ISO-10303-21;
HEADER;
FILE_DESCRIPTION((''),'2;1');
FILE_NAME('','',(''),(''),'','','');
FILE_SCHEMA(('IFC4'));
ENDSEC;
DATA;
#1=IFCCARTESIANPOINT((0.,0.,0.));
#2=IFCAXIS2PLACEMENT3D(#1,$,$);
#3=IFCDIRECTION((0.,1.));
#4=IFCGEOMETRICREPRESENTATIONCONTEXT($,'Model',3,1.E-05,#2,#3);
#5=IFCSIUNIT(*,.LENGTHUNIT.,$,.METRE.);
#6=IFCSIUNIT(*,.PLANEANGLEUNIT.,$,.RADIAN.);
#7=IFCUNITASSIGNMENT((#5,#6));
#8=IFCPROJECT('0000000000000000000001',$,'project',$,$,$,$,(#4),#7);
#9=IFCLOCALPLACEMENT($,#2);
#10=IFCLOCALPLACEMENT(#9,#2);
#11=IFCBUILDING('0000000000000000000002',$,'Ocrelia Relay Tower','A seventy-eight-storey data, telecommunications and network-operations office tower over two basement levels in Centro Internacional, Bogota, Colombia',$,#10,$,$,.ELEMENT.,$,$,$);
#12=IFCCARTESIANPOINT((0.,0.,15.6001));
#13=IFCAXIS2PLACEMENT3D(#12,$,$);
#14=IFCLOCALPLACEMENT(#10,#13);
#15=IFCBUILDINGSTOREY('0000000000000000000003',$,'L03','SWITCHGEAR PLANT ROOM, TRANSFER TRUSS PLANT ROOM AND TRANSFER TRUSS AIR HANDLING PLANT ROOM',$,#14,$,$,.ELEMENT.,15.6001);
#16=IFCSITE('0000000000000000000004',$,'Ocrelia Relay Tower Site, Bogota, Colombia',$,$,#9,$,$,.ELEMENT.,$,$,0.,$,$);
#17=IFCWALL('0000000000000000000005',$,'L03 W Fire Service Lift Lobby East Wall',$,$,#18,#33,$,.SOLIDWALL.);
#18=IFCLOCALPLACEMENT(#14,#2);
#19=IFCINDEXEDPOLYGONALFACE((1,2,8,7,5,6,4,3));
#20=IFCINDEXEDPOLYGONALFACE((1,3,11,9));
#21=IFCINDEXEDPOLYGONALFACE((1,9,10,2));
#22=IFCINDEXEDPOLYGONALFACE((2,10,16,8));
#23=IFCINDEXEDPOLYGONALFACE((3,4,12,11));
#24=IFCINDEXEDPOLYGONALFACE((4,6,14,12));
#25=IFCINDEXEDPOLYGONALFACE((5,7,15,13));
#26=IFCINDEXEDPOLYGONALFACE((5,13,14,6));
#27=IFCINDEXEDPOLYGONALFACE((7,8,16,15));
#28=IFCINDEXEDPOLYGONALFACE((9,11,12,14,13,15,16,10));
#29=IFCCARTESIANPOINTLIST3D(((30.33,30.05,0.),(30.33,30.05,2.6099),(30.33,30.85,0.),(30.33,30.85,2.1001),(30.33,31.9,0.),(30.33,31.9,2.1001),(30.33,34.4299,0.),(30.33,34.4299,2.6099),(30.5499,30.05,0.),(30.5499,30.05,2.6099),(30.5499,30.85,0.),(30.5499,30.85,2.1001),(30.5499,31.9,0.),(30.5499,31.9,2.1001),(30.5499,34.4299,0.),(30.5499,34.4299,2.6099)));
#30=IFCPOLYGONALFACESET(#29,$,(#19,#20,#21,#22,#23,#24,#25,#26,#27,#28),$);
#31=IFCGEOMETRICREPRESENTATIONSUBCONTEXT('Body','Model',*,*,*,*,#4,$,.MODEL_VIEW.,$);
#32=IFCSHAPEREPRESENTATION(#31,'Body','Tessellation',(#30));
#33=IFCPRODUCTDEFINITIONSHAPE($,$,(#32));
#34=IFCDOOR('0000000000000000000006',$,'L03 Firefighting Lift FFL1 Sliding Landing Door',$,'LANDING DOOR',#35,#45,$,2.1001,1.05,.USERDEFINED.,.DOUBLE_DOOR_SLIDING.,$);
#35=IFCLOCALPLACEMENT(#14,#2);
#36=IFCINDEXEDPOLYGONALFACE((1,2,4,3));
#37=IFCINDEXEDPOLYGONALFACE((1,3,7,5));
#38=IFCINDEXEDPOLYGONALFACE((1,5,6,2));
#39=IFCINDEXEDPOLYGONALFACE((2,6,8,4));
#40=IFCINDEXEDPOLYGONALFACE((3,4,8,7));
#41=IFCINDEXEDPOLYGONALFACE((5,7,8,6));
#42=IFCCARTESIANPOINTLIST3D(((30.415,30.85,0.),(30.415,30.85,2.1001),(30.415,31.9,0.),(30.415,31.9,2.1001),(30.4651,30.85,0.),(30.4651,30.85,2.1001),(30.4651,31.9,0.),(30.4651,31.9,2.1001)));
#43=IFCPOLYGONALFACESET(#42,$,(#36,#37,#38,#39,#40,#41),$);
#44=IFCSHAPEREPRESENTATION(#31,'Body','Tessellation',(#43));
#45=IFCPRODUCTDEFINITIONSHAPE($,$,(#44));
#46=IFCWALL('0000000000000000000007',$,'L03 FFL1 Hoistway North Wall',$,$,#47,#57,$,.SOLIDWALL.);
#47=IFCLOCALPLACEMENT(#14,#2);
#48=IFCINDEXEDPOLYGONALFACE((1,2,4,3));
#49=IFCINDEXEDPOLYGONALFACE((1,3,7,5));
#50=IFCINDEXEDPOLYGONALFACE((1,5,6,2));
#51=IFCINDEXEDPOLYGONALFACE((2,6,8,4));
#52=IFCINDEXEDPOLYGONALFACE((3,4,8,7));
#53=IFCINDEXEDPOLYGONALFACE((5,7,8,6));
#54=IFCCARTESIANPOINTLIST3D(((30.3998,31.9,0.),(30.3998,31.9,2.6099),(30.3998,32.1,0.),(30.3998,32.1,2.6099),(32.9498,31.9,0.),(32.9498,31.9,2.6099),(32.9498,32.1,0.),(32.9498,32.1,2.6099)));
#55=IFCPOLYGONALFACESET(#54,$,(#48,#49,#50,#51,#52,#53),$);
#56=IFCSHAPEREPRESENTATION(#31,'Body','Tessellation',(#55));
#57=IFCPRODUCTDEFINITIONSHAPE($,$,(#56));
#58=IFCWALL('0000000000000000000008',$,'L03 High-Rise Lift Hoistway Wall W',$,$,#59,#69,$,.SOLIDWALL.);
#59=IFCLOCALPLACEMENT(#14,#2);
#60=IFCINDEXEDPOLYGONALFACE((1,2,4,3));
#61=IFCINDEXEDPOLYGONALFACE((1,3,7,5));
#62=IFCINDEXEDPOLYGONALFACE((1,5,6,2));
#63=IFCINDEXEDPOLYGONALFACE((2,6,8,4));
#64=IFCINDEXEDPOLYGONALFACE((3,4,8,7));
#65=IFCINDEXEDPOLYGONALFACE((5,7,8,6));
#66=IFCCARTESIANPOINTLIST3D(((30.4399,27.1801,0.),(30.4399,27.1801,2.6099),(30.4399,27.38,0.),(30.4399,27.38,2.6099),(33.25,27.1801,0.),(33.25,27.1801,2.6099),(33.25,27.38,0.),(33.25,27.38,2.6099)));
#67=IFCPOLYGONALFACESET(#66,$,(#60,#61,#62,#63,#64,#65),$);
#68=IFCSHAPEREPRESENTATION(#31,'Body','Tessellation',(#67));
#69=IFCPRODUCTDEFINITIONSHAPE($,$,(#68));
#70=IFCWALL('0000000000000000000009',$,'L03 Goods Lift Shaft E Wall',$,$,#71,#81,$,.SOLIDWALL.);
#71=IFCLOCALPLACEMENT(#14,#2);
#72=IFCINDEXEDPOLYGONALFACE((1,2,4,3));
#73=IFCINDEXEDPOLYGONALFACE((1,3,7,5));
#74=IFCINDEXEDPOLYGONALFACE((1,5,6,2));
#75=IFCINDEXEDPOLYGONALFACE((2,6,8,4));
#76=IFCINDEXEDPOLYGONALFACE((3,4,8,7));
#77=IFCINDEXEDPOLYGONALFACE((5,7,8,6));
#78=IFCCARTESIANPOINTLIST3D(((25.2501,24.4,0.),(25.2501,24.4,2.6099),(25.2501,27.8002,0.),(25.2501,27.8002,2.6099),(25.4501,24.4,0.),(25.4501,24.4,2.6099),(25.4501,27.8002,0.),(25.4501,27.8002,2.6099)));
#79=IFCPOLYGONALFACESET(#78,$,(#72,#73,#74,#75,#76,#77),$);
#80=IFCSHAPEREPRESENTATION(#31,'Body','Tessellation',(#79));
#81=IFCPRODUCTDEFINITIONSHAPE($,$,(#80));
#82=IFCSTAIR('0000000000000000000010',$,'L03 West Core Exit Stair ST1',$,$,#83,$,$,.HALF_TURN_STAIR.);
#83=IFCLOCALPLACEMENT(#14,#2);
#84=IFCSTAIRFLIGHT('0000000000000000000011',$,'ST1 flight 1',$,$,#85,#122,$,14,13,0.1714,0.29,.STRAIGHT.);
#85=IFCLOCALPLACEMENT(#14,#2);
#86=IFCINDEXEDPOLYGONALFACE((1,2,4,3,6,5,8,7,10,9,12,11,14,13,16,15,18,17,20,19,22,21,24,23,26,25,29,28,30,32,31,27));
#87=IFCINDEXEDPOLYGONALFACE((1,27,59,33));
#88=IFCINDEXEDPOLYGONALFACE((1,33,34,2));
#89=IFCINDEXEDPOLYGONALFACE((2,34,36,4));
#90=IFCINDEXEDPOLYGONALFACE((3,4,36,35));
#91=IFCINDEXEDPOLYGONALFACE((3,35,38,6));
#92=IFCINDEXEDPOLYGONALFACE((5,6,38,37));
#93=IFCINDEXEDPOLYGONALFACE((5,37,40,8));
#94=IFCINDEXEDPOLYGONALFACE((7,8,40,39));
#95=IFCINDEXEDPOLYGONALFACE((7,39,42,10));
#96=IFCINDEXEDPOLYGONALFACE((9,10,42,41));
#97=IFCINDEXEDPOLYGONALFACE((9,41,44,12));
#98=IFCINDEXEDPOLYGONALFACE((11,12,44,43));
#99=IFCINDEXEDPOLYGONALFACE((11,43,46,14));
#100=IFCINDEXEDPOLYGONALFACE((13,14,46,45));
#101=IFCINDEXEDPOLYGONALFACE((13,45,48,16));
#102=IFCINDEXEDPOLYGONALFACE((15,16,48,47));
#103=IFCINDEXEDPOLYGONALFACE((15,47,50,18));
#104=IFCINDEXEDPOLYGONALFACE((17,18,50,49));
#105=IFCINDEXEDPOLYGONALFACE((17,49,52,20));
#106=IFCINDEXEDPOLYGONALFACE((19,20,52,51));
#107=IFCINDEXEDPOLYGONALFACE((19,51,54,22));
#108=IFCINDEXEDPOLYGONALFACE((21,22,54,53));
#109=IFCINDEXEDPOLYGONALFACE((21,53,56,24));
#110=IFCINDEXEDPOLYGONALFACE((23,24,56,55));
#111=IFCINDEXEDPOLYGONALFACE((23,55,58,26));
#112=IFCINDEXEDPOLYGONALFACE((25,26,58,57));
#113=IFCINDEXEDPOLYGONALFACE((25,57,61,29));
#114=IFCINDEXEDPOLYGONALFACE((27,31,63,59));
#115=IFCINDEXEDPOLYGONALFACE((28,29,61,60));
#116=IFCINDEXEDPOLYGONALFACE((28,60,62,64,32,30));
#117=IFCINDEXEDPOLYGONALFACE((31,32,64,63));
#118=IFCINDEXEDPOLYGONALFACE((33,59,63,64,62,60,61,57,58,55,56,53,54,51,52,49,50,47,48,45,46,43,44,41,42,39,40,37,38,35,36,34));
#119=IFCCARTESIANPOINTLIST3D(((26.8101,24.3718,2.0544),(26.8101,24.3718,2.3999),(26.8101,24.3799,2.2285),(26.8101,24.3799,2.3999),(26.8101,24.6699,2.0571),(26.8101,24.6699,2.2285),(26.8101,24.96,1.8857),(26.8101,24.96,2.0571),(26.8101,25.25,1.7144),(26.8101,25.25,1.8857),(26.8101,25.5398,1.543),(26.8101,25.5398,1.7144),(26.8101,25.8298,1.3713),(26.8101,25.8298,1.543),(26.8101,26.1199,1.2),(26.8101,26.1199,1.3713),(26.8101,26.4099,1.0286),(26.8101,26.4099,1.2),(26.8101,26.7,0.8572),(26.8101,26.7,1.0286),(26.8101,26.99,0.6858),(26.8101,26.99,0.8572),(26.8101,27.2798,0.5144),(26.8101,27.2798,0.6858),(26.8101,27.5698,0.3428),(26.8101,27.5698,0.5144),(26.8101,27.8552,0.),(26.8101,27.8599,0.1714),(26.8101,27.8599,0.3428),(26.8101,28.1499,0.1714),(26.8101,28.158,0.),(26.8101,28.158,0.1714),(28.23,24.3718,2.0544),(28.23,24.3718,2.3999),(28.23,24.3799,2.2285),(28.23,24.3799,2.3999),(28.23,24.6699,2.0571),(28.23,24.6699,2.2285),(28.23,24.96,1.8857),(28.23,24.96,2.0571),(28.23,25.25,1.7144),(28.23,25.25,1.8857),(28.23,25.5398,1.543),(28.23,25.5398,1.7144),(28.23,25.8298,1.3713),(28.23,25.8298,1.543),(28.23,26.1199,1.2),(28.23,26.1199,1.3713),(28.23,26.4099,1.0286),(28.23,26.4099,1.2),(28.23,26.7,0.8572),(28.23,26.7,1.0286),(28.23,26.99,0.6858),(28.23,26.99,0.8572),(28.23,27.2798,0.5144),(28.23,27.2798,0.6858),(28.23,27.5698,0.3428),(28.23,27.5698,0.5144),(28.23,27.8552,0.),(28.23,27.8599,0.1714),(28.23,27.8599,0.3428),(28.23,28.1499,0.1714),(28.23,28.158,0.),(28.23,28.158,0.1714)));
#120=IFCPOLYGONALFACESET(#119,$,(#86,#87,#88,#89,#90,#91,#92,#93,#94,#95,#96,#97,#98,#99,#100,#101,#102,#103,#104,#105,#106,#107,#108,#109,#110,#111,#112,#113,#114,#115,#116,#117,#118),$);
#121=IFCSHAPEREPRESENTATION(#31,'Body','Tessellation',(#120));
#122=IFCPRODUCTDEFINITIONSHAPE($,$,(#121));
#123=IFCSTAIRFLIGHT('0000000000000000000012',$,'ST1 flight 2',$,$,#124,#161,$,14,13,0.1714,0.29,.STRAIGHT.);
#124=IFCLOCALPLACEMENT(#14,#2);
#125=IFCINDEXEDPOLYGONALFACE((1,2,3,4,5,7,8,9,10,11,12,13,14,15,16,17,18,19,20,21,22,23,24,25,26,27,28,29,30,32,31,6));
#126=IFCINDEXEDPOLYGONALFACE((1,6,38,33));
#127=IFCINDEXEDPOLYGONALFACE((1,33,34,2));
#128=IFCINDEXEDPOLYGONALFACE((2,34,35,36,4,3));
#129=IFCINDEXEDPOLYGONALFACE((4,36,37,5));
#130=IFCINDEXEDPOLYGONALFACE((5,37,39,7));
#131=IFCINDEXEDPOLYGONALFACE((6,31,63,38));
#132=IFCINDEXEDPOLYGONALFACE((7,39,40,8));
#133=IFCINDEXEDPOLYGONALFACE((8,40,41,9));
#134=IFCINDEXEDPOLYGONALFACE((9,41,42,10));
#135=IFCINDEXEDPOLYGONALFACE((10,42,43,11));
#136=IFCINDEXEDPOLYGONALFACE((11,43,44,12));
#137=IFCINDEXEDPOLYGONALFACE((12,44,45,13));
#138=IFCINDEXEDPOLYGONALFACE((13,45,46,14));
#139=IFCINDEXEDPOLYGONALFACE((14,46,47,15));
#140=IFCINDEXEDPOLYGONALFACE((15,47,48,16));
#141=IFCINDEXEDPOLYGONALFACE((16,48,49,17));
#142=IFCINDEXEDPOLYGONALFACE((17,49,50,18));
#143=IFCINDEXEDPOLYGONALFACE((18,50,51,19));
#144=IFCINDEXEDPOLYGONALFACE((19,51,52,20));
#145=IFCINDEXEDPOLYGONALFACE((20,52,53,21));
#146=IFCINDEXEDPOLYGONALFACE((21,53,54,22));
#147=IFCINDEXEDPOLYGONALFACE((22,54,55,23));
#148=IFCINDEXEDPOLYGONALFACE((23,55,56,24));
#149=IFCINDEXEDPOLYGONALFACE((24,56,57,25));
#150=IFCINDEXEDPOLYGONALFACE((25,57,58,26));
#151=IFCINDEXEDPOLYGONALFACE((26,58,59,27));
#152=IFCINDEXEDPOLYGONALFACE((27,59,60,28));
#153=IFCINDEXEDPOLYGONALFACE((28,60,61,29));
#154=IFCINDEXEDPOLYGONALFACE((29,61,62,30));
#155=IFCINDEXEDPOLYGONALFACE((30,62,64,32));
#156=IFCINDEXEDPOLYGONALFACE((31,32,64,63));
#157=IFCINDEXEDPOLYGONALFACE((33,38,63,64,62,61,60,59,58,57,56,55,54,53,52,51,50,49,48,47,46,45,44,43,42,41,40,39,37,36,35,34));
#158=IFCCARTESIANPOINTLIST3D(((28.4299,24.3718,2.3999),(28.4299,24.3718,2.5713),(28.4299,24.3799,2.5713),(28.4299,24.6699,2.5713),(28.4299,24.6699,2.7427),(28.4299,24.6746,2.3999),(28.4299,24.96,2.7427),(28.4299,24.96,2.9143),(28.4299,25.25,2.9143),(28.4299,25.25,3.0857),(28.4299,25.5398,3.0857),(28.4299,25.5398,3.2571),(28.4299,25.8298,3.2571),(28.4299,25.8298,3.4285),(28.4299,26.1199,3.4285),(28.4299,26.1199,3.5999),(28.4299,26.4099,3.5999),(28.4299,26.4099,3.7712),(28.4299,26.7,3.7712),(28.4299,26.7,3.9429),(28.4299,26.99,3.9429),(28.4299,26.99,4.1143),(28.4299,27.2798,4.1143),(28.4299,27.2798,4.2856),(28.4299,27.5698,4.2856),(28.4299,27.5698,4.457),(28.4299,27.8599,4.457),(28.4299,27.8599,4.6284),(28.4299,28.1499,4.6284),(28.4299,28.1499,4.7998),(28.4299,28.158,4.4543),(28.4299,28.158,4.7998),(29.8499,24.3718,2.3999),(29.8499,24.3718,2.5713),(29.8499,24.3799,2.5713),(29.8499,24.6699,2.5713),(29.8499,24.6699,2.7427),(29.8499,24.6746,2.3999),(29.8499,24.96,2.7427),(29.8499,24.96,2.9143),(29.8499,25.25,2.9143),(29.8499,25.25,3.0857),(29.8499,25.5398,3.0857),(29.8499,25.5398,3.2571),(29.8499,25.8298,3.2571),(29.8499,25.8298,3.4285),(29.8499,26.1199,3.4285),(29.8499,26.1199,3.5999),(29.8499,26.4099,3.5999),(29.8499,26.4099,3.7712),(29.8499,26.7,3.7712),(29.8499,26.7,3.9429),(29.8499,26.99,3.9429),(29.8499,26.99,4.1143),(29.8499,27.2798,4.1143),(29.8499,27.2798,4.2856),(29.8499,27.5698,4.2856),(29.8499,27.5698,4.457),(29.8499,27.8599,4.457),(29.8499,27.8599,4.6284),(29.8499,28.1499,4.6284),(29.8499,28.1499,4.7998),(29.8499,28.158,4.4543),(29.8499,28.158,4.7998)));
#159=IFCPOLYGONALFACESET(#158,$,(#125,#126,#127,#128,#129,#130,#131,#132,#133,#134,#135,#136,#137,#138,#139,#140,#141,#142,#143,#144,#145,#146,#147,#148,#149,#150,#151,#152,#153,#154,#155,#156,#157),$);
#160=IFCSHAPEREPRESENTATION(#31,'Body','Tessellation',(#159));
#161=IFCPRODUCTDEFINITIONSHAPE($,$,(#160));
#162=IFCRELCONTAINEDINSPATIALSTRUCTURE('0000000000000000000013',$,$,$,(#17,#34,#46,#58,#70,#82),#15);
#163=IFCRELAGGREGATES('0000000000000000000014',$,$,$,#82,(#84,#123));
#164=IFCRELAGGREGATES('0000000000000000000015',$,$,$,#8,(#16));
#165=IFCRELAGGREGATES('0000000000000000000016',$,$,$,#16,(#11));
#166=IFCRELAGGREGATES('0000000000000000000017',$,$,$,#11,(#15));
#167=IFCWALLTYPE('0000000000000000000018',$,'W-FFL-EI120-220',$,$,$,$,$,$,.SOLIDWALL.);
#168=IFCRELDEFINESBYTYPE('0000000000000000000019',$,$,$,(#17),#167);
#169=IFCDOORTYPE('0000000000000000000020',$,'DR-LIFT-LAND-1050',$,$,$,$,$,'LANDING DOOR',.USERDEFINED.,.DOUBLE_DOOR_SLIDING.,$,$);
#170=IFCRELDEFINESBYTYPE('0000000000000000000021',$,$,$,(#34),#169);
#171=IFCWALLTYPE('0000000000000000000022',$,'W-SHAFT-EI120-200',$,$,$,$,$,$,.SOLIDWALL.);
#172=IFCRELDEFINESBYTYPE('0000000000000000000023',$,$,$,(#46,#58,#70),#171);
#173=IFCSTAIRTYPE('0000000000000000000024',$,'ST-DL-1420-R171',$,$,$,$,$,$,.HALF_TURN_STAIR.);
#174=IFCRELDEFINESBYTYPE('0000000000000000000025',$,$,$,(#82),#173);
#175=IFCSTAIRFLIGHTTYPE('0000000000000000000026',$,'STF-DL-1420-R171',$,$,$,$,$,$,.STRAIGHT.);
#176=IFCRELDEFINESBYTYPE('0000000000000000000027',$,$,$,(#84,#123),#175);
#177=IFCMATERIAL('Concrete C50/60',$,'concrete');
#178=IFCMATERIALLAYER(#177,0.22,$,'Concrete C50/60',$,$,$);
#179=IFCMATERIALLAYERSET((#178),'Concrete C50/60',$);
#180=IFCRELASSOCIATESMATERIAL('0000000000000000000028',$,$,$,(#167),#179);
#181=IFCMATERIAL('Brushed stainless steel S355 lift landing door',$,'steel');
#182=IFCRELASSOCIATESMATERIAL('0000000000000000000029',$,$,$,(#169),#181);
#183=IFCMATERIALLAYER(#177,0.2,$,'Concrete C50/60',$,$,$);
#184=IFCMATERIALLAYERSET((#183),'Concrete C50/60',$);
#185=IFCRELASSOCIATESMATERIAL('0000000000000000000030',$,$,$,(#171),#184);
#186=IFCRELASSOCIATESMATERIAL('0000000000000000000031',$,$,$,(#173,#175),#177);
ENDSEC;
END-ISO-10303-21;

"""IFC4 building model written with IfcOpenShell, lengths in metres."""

from ifc_helpers import new_model, si_unit, direction, frame, frame_2d, origin, place, context, subcontext, project, spatial, polyline, rectangle, outline, extrude, material, layer, layer_set, type_object, element, fill, aggregate, save


model = new_model("IFC4")

# Units and contexts
model_context = context("Model", 3, precision=1e-05, world=origin(), true_north=direction((0.0, 1.0)))
body_context = subcontext(model_context, "Body", "Model", "MODEL_VIEW")
ifc_project = project(units=[si_unit("LENGTHUNIT", "METRE"), si_unit("PLANEANGLEUNIT", "RADIAN")], contexts=[model_context])

# Site, building, storey
site_placement = place(None, origin())
site = spatial("IfcSite", under=ifc_project, at=site_placement, Name="Ocrelia Relay Tower Site, Bogota, Colombia", CompositionType="ELEMENT", RefElevation=0.0)
building_placement = place(site_placement, origin())
building = spatial("IfcBuilding", under=site, at=building_placement, Name="Ocrelia Relay Tower", Description="A seventy-eight-storey data, telecommunications and network-operations office tower over two basement levels in Centro Internacional, Bogota, Colombia", CompositionType="ELEMENT")
storey_placement = place(building_placement, frame((0.0, 0.0, 15.6001)))
storey = spatial("IfcBuildingStorey", under=building, at=storey_placement, Name="L03", Description="SWITCHGEAR PLANT ROOM, TRANSFER TRUSS PLANT ROOM AND TRANSFER TRUSS AIR HANDLING PLANT ROOM", CompositionType="ELEMENT", Elevation=15.6001)

# Shared definitions
ifc_material_1 = material(Name="Concrete C50/60", Category="concrete")
ifc_layer_1 = layer(ifc_material_1, 0.22, Name="Concrete C50/60")
ifc_layer_set_1 = layer_set([ifc_layer_1], Name="Concrete C50/60")
wall_type_1 = type_object("IfcWallType", Name="W-FFL-EI120-220", PredefinedType="SOLIDWALL", material=ifc_layer_set_1)

# Wall, opening, door
wall_1_placement = place(storey_placement, frame((30.4399, 30.05, 0.0), z_axis=(0.0, 0.0, 1.0), x_axis=(0.0, 1.0, 0.0)))
wall_1 = element("IfcWall", 1, at=wall_1_placement, inside=storey, type_object=wall_type_1, Name="L03 W Fire Service Lift Lobby East Wall", PredefinedType="SOLIDWALL", context=body_context, shape_type="SweptSolid", body=[
    extrude(rectangle(XDim=4.3799, YDim=0.22, at=frame_2d((2.1899, 0.0))), origin(), (0.0, 0.0, 1.0), 2.6099),
])
opening_1_placement = place(wall_1_placement, frame((0.8, 0.0, 0.0)))
opening_1 = element("IfcOpeningElement", 2, at=opening_1_placement, cuts=wall_1, PredefinedType="OPENING", context=body_context, shape_type="SweptSolid", body=[
    extrude(rectangle(XDim=1.05, YDim=2.1001, at=frame_2d((0.5249, 1.05))), frame((0.0, 0.1201, 0.0), z_axis=(0.0, -1.0, 0.0), x_axis=(1.0, 0.0, 0.0)), (0.0, 0.0, 1.0), 0.24),
])
ifc_material_2 = material(Name="Brushed stainless steel S355 lift landing door", Category="steel")
door_type_1 = type_object("IfcDoorType", Name="DR-LIFT-LAND-1050", ElementType="LANDING DOOR", OperationType="DOUBLE_DOOR_SLIDING", PredefinedType="USERDEFINED", material=ifc_material_2)
door_1_placement = place(opening_1_placement, origin())
door_1 = element("IfcDoor", 3, at=door_1_placement, inside=storey, type_object=door_type_1, Name="L03 Firefighting Lift FFL1 Sliding Landing Door", ObjectType="LANDING DOOR", OperationType="DOUBLE_DOOR_SLIDING", OverallHeight=2.1001, OverallWidth=1.05, PredefinedType="USERDEFINED", context=body_context, shape_type="SweptSolid", body=[
    extrude(rectangle(XDim=1.05, YDim=2.1001, at=frame_2d((0.5249, 1.05))), frame((0.0, 0.0249, 0.0), z_axis=(0.0, -1.0, 0.0), x_axis=(1.0, 0.0, 0.0)), (0.0, 0.0, 1.0), 0.05),
])
fill(opening_1, door_1)

# Walls
ifc_layer_2 = layer(ifc_material_1, 0.2, Name="Concrete C50/60")
ifc_layer_set_2 = layer_set([ifc_layer_2], Name="Concrete C50/60")
wall_type_2 = type_object("IfcWallType", Name="W-SHAFT-EI120-200", PredefinedType="SOLIDWALL", material=ifc_layer_set_2)
wall_2_placement = place(storey_placement, frame((30.3999, 32.0, 0.0), z_axis=(0.0, 0.0, 1.0), x_axis=(1.0, 0.0, 0.0)))
element("IfcWall", 4, at=wall_2_placement, inside=storey, type_object=wall_type_2, Name="L03 FFL1 Hoistway North Wall", PredefinedType="SOLIDWALL", context=body_context, shape_type="SweptSolid", body=[
    extrude(rectangle(XDim=2.55, YDim=0.2, at=frame_2d((1.2749, 0.0))), origin(), (0.0, 0.0, 1.0), 2.6099),
])
wall_3_placement = place(storey_placement, frame((30.4399, 27.28, 0.0), z_axis=(0.0, 0.0, 1.0), x_axis=(1.0, 0.0, 0.0)))
element("IfcWall", 5, at=wall_3_placement, inside=storey, type_object=wall_type_2, Name="L03 High-Rise Lift Hoistway Wall W", PredefinedType="SOLIDWALL", context=body_context, shape_type="SweptSolid", body=[
    extrude(rectangle(XDim=2.8101, YDim=0.2, at=frame_2d((1.405, 0.0))), origin(), (0.0, 0.0, 1.0), 2.6099),
])
wall_4_placement = place(storey_placement, frame((25.3501, 24.3999, 0.0), z_axis=(0.0, 0.0, 1.0), x_axis=(0.0, 1.0, 0.0)))
element("IfcWall", 6, at=wall_4_placement, inside=storey, type_object=wall_type_2, Name="L03 Goods Lift Shaft E Wall", PredefinedType="SOLIDWALL", context=body_context, shape_type="SweptSolid", body=[
    extrude(rectangle(XDim=3.4001, YDim=0.2, at=frame_2d((1.7002, 0.0))), origin(), (0.0, 0.0, 1.0), 2.6099),
])

# Stair, stair flights
stair_type = type_object("IfcStairType", Name="ST-DL-1420-R171", PredefinedType="HALF_TURN_STAIR", material=ifc_material_1)
stair_placement = place(storey_placement, origin())
stair = element("IfcStair", 7, at=stair_placement, inside=storey, type_object=stair_type, Name="L03 West Core Exit Stair ST1", PredefinedType="HALF_TURN_STAIR")
stair_flight_type = type_object("IfcStairFlightType", Name="STF-DL-1420-R171", PredefinedType="STRAIGHT", material=ifc_material_1)
stair_flight_1_placement = place(storey_placement, frame((27.52, 28.1499, 0.0), z_axis=(0.0, 0.0, 1.0), x_axis=(0.0, -1.0, 0.0)))
stair_flight_1 = element("IfcStairFlight", 8, at=stair_flight_1_placement, type_object=stair_flight_type, Name="ST1 flight 1", NumberOfRisers=14, NumberOfTreads=13, PredefinedType="STRAIGHT", RiserHeight=0.1714, TreadLength=0.29, context=body_context, shape_type="SweptSolid", body=[
    extrude(outline(polyline([(-0.0081, 0.0), (-0.0081, 0.1714), (0.0, 0.1714), (0.29, 0.1714), (0.29, 0.3428), (0.5801, 0.3428), (0.5801, 0.5144), (0.8701, 0.5144), (0.8701, 0.6858), (1.1599, 0.6858), (1.1599, 0.8572), (1.45, 0.8572), (1.45, 1.0286), (1.74, 1.0286), (1.74, 1.2), (2.03, 1.2), (2.03, 1.3713), (2.3201, 1.3713), (2.3201, 1.543), (2.6101, 1.543), (2.6101, 1.7144), (2.8999, 1.7144), (2.8999, 1.8857), (3.1899, 1.8857), (3.1899, 2.0571), (3.48, 2.0571), (3.48, 2.2285), (3.77, 2.2285), (3.77, 2.3999), (3.7781, 2.3999), (3.7781, 2.0544), (0.2947, 0.0), (-0.0081, 0.0)])), frame((0.0, 0.71, 0.0), z_axis=(0.0, -1.0, 0.0), x_axis=(1.0, 0.0, 0.0)), (0.0, 0.0, 1.0), 1.4199),
])
stair_flight_2_placement = place(storey_placement, frame((29.1399, 24.3799, 2.3999), z_axis=(0.0, 0.0, 1.0), x_axis=(0.0, 1.0, 0.0)))
stair_flight_2 = element("IfcStairFlight", 9, at=stair_flight_2_placement, type_object=stair_flight_type, Name="ST1 flight 2", NumberOfRisers=14, NumberOfTreads=13, PredefinedType="STRAIGHT", RiserHeight=0.1714, TreadLength=0.29, context=body_context, shape_type="SweptSolid", body=[
    extrude(outline(polyline([(-0.0081, 0.0), (-0.0081, 0.1714), (0.0, 0.1714), (0.29, 0.1714), (0.29, 0.3428), (0.5801, 0.3428), (0.5801, 0.5144), (0.8701, 0.5144), (0.8701, 0.6858), (1.1599, 0.6858), (1.1599, 0.8572), (1.45, 0.8572), (1.45, 1.0286), (1.74, 1.0286), (1.74, 1.2), (2.03, 1.2), (2.03, 1.3713), (2.3201, 1.3713), (2.3201, 1.543), (2.6101, 1.543), (2.6101, 1.7144), (2.8999, 1.7144), (2.8999, 1.8857), (3.1899, 1.8857), (3.1899, 2.0571), (3.48, 2.0571), (3.48, 2.2285), (3.77, 2.2285), (3.77, 2.3999), (3.7781, 2.3999), (3.7781, 2.0544), (0.2947, 0.0), (-0.0081, 0.0)])), frame((0.0, 0.71, 0.0), z_axis=(0.0, -1.0, 0.0), x_axis=(1.0, 0.0, 0.0)), (0.0, 0.0, 1.0), 1.4199),
])
aggregate(stair, [stair_flight_1, stair_flight_2])

save(model, "model.ifc")
